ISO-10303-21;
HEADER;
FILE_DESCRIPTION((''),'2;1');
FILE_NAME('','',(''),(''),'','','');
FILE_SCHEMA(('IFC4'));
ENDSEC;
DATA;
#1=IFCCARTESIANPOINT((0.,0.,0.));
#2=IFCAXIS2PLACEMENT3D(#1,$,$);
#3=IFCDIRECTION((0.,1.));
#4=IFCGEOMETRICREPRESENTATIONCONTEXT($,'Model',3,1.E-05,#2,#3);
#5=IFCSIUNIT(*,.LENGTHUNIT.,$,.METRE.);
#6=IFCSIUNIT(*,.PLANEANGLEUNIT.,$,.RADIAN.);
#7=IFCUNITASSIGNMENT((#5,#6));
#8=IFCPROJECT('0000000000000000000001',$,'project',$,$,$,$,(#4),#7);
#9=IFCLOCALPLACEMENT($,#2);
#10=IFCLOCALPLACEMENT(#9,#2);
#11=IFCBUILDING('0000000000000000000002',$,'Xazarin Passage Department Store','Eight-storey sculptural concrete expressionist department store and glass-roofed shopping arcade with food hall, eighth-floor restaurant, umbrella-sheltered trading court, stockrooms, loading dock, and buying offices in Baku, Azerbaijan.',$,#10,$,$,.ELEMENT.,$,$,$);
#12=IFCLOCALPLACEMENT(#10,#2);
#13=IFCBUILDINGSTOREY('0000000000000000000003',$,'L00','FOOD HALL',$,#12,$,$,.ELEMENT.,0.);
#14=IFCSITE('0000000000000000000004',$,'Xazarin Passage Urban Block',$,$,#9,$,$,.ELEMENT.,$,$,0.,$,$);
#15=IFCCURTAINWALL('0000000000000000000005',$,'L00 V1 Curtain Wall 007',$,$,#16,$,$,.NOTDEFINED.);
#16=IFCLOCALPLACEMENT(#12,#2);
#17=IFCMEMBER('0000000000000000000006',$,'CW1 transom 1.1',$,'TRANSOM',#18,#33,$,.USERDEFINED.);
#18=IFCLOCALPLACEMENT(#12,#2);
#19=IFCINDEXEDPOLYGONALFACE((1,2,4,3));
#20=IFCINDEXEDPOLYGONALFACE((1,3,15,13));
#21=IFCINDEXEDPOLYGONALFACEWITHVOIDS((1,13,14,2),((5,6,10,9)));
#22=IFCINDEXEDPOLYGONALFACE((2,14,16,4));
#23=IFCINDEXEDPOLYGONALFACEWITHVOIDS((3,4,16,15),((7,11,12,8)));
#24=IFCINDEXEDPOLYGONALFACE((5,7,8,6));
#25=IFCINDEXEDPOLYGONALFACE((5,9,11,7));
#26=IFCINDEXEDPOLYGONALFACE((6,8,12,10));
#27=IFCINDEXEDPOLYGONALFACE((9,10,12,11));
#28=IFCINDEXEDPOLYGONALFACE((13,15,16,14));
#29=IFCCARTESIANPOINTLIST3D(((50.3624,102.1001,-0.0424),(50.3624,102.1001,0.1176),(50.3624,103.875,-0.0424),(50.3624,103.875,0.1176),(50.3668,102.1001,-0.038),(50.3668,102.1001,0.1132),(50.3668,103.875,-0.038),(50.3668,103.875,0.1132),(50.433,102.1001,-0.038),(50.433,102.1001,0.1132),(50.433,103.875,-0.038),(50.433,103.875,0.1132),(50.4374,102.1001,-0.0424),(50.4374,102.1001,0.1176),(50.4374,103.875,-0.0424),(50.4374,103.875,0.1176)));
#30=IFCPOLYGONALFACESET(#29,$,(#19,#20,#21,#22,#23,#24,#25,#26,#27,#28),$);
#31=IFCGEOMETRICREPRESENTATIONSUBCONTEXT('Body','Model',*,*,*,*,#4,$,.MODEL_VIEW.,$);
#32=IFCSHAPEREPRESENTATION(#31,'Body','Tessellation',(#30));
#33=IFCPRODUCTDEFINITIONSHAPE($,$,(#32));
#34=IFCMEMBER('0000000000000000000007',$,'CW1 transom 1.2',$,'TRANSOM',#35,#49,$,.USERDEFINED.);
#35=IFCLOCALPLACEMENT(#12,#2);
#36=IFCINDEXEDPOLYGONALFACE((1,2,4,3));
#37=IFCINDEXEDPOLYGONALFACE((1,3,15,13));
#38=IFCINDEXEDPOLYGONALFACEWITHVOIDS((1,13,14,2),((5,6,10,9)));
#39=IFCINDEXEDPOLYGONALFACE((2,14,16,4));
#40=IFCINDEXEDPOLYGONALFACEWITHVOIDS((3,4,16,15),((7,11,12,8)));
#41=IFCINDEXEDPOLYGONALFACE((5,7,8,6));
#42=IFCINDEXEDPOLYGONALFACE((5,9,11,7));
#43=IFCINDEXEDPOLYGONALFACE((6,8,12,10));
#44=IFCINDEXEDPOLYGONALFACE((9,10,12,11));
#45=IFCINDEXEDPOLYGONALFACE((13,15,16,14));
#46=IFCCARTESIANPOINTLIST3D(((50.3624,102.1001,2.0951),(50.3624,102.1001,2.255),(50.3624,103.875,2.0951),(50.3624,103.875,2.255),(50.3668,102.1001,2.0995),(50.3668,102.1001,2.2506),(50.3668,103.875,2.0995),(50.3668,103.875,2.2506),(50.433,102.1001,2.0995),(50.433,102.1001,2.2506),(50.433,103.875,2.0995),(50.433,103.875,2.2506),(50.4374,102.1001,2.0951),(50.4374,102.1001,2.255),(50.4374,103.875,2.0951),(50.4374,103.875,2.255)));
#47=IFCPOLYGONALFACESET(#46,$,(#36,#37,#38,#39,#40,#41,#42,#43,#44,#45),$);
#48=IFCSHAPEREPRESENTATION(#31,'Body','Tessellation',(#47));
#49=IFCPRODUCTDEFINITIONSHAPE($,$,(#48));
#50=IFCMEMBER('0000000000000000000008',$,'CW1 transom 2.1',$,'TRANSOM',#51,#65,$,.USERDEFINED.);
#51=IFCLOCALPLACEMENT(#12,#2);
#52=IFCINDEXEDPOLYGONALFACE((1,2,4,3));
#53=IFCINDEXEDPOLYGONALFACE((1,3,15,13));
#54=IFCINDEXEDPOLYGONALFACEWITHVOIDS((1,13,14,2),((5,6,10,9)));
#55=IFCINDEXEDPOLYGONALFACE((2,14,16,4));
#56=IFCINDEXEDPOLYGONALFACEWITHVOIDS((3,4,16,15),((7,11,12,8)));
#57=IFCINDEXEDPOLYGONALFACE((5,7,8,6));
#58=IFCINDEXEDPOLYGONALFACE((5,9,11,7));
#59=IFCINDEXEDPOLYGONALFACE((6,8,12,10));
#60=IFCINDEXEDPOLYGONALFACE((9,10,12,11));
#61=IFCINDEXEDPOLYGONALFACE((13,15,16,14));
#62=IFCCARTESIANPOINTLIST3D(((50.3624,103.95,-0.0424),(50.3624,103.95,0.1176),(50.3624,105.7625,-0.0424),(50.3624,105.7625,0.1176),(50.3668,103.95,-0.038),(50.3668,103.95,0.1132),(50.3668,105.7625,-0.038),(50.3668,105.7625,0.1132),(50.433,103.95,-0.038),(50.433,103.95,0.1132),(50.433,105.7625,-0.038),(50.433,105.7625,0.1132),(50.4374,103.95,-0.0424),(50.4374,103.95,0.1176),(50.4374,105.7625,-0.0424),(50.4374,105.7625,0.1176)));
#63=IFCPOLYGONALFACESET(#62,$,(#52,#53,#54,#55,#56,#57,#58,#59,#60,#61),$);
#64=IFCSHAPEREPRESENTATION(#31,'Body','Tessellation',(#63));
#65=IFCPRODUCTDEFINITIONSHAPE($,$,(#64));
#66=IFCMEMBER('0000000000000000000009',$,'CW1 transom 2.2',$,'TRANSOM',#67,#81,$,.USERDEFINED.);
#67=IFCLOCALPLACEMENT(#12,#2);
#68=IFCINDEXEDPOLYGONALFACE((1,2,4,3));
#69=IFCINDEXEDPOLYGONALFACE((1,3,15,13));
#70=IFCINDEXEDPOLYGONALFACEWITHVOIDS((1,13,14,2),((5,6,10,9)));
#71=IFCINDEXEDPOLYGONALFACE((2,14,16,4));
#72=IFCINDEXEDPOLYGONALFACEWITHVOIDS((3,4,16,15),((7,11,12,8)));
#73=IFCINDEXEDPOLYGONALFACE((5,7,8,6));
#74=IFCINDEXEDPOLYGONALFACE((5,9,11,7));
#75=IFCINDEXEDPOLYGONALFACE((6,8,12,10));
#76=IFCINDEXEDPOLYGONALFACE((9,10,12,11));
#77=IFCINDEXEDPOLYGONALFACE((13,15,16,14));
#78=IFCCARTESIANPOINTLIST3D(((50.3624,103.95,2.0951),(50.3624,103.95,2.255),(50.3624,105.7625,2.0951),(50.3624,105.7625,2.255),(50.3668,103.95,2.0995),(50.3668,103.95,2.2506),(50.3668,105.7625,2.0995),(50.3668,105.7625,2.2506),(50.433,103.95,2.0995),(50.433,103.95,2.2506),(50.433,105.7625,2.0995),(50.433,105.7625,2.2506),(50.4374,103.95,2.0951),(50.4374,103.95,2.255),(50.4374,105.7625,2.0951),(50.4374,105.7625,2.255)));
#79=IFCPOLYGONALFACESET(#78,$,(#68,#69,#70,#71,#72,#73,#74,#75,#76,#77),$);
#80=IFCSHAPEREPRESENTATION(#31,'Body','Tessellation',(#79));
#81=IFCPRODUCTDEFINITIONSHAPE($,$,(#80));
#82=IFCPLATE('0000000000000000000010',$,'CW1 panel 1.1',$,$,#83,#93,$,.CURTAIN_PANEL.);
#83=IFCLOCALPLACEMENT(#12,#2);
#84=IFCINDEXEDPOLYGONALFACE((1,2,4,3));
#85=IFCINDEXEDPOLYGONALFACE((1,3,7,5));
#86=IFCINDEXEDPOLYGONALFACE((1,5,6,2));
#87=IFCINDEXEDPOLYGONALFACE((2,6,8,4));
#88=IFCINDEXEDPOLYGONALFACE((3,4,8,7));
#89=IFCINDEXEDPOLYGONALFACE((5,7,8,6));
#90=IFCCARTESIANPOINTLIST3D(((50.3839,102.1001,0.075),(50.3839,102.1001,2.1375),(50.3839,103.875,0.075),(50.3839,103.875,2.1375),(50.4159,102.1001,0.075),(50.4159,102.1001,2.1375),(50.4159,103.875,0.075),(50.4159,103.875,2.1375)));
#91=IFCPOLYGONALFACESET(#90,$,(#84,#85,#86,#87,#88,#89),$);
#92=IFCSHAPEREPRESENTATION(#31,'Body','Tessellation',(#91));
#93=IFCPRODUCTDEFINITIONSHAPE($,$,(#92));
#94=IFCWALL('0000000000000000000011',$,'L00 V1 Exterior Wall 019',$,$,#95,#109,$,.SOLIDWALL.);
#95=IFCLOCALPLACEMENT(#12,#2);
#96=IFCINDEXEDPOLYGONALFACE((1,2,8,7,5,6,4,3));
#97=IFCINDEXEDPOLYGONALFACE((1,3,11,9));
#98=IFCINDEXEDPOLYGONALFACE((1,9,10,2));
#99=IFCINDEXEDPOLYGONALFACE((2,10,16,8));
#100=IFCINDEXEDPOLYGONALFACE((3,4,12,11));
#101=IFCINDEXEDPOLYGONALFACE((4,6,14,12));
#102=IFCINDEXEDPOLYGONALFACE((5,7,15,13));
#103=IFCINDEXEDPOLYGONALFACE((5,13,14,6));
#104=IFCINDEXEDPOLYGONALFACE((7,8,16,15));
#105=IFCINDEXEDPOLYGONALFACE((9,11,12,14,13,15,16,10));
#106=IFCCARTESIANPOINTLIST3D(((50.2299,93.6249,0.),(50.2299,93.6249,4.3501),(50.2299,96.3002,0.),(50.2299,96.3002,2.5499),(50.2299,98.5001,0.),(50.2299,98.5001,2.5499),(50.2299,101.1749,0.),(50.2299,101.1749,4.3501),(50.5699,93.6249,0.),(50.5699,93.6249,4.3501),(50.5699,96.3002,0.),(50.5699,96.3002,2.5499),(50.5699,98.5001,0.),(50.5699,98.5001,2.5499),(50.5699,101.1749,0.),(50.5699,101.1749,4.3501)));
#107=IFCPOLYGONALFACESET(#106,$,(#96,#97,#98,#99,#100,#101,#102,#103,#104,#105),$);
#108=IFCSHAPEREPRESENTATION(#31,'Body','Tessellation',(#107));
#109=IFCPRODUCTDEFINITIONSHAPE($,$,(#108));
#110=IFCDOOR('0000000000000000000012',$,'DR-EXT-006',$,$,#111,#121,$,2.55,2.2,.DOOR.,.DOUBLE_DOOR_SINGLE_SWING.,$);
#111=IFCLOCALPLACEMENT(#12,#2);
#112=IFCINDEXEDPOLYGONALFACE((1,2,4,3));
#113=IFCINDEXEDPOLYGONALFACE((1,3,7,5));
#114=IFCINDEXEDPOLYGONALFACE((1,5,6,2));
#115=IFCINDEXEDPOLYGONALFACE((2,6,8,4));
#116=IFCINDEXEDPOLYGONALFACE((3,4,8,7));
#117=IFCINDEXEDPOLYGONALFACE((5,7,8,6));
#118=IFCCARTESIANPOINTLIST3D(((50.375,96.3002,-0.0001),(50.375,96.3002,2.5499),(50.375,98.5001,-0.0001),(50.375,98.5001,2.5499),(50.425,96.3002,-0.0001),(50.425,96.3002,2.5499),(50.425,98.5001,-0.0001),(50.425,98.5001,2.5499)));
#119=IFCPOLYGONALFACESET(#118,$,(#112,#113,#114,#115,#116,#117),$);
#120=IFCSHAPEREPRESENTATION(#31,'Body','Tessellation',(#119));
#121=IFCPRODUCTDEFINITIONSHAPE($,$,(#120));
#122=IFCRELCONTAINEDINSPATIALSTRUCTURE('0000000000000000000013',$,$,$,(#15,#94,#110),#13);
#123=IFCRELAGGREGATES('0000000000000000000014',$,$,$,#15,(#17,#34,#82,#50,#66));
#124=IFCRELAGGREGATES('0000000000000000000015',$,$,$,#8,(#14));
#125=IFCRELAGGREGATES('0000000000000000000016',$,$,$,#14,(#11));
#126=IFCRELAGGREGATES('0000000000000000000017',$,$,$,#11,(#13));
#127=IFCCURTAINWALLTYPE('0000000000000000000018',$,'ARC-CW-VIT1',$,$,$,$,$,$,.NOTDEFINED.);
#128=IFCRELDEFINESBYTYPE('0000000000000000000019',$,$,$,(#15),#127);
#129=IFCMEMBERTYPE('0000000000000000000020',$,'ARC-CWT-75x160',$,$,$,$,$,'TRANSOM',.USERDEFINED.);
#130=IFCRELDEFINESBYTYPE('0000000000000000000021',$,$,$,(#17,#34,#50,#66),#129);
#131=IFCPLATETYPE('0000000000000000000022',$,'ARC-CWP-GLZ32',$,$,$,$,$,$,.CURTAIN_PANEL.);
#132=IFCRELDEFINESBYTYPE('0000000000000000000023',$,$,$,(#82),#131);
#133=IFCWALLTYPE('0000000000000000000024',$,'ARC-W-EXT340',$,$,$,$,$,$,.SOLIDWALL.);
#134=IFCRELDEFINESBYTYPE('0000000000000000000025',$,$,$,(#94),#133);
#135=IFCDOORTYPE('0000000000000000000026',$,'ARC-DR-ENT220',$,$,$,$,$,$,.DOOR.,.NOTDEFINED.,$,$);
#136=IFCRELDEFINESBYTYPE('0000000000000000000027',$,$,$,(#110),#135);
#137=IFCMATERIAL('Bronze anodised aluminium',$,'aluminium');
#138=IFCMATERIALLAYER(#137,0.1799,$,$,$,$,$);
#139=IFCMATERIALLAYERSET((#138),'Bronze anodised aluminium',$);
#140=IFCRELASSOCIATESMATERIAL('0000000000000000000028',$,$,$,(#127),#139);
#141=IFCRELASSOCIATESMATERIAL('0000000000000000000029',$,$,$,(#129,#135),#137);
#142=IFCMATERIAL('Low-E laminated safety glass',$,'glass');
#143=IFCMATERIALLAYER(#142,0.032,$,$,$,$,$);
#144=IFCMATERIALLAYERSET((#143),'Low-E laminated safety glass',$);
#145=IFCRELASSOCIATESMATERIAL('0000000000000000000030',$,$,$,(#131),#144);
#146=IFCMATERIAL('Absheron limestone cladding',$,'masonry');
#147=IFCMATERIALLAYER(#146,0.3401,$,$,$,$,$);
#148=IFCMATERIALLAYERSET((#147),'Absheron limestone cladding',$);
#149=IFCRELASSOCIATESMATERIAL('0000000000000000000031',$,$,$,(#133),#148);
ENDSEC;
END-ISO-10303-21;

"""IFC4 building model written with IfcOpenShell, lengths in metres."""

from ifc_helpers import new_model, si_unit, direction, frame, frame_2d, origin, origin_2d, place, context, subcontext, project, spatial, rectangle, hollow_rectangle, extrude, material, layer, layer_set, material_profile, profile_set, type_object, element, fill, aggregate, save


model = new_model("IFC4")

# Units and contexts
model_context = context("Model", 3, precision=1e-05, world=origin(), true_north=direction((0.0, 1.0)))
body_context = subcontext(model_context, "Body", "Model", "MODEL_VIEW")
ifc_project = project(units=[si_unit("LENGTHUNIT", "METRE"), si_unit("PLANEANGLEUNIT", "RADIAN")], contexts=[model_context])

# Site, building, storey
site_placement = place(None, origin())
site = spatial("IfcSite", under=ifc_project, at=site_placement, Name="Xazarin Passage Urban Block", CompositionType="ELEMENT", RefElevation=0.0)
building_placement = place(site_placement, origin())
building = spatial("IfcBuilding", under=site, at=building_placement, Name="Xazarin Passage Department Store", Description="Eight-storey sculptural concrete expressionist department store and glass-roofed shopping arcade with food hall, eighth-floor restaurant, umbrella-sheltered trading court, stockrooms, loading dock, and buying offices in Baku, Azerbaijan.", CompositionType="ELEMENT")
storey_placement = place(building_placement, origin())
storey = spatial("IfcBuildingStorey", under=building, at=storey_placement, Name="L00", Description="FOOD HALL", CompositionType="ELEMENT", Elevation=0.0)

# Curtain wall, members, plate
ifc_material_1 = material(Name="Bronze anodised aluminium", Category="aluminium")
ifc_layer_1 = layer(ifc_material_1, 0.1799)
ifc_layer_set_1 = layer_set([ifc_layer_1], Name="Bronze anodised aluminium")
curtain_wall_type = type_object("IfcCurtainWallType", Name="ARC-CW-VIT1", PredefinedType="NOTDEFINED", material=ifc_layer_set_1)
curtain_wall_placement = place(storey_placement, origin())
curtain_wall = element("IfcCurtainWall", 1, at=curtain_wall_placement, inside=storey, type_object=curtain_wall_type, Name="L00 V1 Curtain Wall 007", PredefinedType="NOTDEFINED")
ifc_material_profile_1 = material_profile(ifc_material_1, hollow_rectangle(XDim=0.075, YDim=0.1599, WallThickness=0.0044, at=origin_2d()), Name="ALU 75x160")
ifc_profile_set_1 = profile_set([ifc_material_profile_1], Name="Bronze anodised aluminium")
member_type_1 = type_object("IfcMemberType", Name="ARC-CWT-75x160", ElementType="TRANSOM", PredefinedType="USERDEFINED", material=ifc_profile_set_1)
member_1_placement = place(storey_placement, frame((50.3999, 102.1001, 0.0376), z_axis=(0.0, 1.0, 0.0), x_axis=(-1.0, 0.0, 0.0)))
member_1 = element("IfcMember", 2, at=member_1_placement, type_object=member_type_1, Name="CW1 transom 1.1", ObjectType="TRANSOM", PredefinedType="USERDEFINED", context=body_context, shape_type="SweptSolid", body=[
    extrude(hollow_rectangle(XDim=0.075, YDim=0.1599, WallThickness=0.0044, at=origin_2d()), origin(), (0.0, 0.0, 1.0), 1.7749),
])
member_2_placement = place(storey_placement, frame((50.3999, 102.1001, 2.175), z_axis=(0.0, 1.0, 0.0), x_axis=(-1.0, 0.0, 0.0)))
member_2 = element("IfcMember", 3, at=member_2_placement, type_object=member_type_1, Name="CW1 transom 1.2", ObjectType="TRANSOM", PredefinedType="USERDEFINED", context=body_context, shape_type="SweptSolid", body=[
    extrude(hollow_rectangle(XDim=0.075, YDim=0.1599, WallThickness=0.0044, at=origin_2d()), origin(), (0.0, 0.0, 1.0), 1.7749),
])
member_3_placement = place(storey_placement, frame((50.3999, 103.95, 0.0376), z_axis=(0.0, 1.0, 0.0), x_axis=(-1.0, 0.0, 0.0)))
member_3 = element("IfcMember", 4, at=member_3_placement, type_object=member_type_1, Name="CW1 transom 2.1", ObjectType="TRANSOM", PredefinedType="USERDEFINED", context=body_context, shape_type="SweptSolid", body=[
    extrude(hollow_rectangle(XDim=0.075, YDim=0.1599, WallThickness=0.0044, at=origin_2d()), origin(), (0.0, 0.0, 1.0), 1.8125),
])
member_4_placement = place(storey_placement, frame((50.3999, 103.95, 2.175), z_axis=(0.0, 1.0, 0.0), x_axis=(-1.0, 0.0, 0.0)))
member_4 = element("IfcMember", 5, at=member_4_placement, type_object=member_type_1, Name="CW1 transom 2.2", ObjectType="TRANSOM", PredefinedType="USERDEFINED", context=body_context, shape_type="SweptSolid", body=[
    extrude(hollow_rectangle(XDim=0.075, YDim=0.1599, WallThickness=0.0044, at=origin_2d()), origin(), (0.0, 0.0, 1.0), 1.8125),
])
ifc_material_2 = material(Name="Low-E laminated safety glass", Category="glass")
ifc_layer_2 = layer(ifc_material_2, 0.032)
ifc_layer_set_2 = layer_set([ifc_layer_2], Name="Low-E laminated safety glass")
plate_type = type_object("IfcPlateType", Name="ARC-CWP-GLZ32", PredefinedType="CURTAIN_PANEL", material=ifc_layer_set_2)
plate_placement = place(storey_placement, frame((50.3999, 102.9875, 0.075), z_axis=(0.0, 0.0, 1.0), x_axis=(0.0, 1.0, 0.0)))
plate = element("IfcPlate", 6, at=plate_placement, type_object=plate_type, Name="CW1 panel 1.1", PredefinedType="CURTAIN_PANEL", context=body_context, shape_type="SweptSolid", body=[
    extrude(rectangle(XDim=1.7749, YDim=0.032, at=origin_2d()), origin(), (0.0, 0.0, 1.0), 2.0625),
])
aggregate(curtain_wall, [member_1, member_2, plate, member_3, member_4])

# Wall, opening, door
ifc_material_3 = material(Name="Absheron limestone cladding", Category="masonry")
ifc_layer_3 = layer(ifc_material_3, 0.3401)
ifc_layer_set_3 = layer_set([ifc_layer_3], Name="Absheron limestone cladding")
wall_type = type_object("IfcWallType", Name="ARC-W-EXT340", PredefinedType="SOLIDWALL", material=ifc_layer_set_3)
wall_placement = place(storey_placement, frame((50.3999, 93.625, 0.0), z_axis=(0.0, 0.0, 1.0), x_axis=(0.0, 1.0, 0.0)))
wall = element("IfcWall", 7, at=wall_placement, inside=storey, type_object=wall_type, Name="L00 V1 Exterior Wall 019", PredefinedType="SOLIDWALL", context=body_context, shape_type="SweptSolid", body=[
    extrude(rectangle(XDim=7.55, YDim=0.3401, at=frame_2d((3.7749, 0.0))), origin(), (0.0, 0.0, 1.0), 4.3501),
])
opening_placement = place(wall_placement, frame((2.675, 0.0, 0.0)))
opening = element("IfcOpeningElement", 8, at=opening_placement, cuts=wall, PredefinedType="OPENING", context=body_context, shape_type="SweptSolid", body=[
    extrude(rectangle(XDim=2.2, YDim=2.55, at=frame_2d((1.1001, 1.2749))), frame((0.0, 0.1799, 0.0), z_axis=(0.0, -1.0, 0.0), x_axis=(1.0, 0.0, 0.0)), (0.0, 0.0, 1.0), 0.3601),
])
door_type = type_object("IfcDoorType", Name="ARC-DR-ENT220", OperationType="NOTDEFINED", PredefinedType="DOOR", material=ifc_material_1)
door_placement = place(opening_placement, origin())
door = element("IfcDoor", 9, at=door_placement, inside=storey, type_object=door_type, Name="DR-EXT-006", OperationType="DOUBLE_DOOR_SINGLE_SWING", OverallHeight=2.55, OverallWidth=2.2, PredefinedType="DOOR", context=body_context, shape_type="SweptSolid", body=[
    extrude(rectangle(XDim=2.2, YDim=2.55, at=frame_2d((1.1001, 1.2749))), frame((0.0, 0.0249, 0.0), z_axis=(0.0, -1.0, 0.0), x_axis=(1.0, 0.0, 0.0)), (0.0, 0.0, 1.0), 0.05),
])
fill(opening, door)

save(model, "model.ifc")
